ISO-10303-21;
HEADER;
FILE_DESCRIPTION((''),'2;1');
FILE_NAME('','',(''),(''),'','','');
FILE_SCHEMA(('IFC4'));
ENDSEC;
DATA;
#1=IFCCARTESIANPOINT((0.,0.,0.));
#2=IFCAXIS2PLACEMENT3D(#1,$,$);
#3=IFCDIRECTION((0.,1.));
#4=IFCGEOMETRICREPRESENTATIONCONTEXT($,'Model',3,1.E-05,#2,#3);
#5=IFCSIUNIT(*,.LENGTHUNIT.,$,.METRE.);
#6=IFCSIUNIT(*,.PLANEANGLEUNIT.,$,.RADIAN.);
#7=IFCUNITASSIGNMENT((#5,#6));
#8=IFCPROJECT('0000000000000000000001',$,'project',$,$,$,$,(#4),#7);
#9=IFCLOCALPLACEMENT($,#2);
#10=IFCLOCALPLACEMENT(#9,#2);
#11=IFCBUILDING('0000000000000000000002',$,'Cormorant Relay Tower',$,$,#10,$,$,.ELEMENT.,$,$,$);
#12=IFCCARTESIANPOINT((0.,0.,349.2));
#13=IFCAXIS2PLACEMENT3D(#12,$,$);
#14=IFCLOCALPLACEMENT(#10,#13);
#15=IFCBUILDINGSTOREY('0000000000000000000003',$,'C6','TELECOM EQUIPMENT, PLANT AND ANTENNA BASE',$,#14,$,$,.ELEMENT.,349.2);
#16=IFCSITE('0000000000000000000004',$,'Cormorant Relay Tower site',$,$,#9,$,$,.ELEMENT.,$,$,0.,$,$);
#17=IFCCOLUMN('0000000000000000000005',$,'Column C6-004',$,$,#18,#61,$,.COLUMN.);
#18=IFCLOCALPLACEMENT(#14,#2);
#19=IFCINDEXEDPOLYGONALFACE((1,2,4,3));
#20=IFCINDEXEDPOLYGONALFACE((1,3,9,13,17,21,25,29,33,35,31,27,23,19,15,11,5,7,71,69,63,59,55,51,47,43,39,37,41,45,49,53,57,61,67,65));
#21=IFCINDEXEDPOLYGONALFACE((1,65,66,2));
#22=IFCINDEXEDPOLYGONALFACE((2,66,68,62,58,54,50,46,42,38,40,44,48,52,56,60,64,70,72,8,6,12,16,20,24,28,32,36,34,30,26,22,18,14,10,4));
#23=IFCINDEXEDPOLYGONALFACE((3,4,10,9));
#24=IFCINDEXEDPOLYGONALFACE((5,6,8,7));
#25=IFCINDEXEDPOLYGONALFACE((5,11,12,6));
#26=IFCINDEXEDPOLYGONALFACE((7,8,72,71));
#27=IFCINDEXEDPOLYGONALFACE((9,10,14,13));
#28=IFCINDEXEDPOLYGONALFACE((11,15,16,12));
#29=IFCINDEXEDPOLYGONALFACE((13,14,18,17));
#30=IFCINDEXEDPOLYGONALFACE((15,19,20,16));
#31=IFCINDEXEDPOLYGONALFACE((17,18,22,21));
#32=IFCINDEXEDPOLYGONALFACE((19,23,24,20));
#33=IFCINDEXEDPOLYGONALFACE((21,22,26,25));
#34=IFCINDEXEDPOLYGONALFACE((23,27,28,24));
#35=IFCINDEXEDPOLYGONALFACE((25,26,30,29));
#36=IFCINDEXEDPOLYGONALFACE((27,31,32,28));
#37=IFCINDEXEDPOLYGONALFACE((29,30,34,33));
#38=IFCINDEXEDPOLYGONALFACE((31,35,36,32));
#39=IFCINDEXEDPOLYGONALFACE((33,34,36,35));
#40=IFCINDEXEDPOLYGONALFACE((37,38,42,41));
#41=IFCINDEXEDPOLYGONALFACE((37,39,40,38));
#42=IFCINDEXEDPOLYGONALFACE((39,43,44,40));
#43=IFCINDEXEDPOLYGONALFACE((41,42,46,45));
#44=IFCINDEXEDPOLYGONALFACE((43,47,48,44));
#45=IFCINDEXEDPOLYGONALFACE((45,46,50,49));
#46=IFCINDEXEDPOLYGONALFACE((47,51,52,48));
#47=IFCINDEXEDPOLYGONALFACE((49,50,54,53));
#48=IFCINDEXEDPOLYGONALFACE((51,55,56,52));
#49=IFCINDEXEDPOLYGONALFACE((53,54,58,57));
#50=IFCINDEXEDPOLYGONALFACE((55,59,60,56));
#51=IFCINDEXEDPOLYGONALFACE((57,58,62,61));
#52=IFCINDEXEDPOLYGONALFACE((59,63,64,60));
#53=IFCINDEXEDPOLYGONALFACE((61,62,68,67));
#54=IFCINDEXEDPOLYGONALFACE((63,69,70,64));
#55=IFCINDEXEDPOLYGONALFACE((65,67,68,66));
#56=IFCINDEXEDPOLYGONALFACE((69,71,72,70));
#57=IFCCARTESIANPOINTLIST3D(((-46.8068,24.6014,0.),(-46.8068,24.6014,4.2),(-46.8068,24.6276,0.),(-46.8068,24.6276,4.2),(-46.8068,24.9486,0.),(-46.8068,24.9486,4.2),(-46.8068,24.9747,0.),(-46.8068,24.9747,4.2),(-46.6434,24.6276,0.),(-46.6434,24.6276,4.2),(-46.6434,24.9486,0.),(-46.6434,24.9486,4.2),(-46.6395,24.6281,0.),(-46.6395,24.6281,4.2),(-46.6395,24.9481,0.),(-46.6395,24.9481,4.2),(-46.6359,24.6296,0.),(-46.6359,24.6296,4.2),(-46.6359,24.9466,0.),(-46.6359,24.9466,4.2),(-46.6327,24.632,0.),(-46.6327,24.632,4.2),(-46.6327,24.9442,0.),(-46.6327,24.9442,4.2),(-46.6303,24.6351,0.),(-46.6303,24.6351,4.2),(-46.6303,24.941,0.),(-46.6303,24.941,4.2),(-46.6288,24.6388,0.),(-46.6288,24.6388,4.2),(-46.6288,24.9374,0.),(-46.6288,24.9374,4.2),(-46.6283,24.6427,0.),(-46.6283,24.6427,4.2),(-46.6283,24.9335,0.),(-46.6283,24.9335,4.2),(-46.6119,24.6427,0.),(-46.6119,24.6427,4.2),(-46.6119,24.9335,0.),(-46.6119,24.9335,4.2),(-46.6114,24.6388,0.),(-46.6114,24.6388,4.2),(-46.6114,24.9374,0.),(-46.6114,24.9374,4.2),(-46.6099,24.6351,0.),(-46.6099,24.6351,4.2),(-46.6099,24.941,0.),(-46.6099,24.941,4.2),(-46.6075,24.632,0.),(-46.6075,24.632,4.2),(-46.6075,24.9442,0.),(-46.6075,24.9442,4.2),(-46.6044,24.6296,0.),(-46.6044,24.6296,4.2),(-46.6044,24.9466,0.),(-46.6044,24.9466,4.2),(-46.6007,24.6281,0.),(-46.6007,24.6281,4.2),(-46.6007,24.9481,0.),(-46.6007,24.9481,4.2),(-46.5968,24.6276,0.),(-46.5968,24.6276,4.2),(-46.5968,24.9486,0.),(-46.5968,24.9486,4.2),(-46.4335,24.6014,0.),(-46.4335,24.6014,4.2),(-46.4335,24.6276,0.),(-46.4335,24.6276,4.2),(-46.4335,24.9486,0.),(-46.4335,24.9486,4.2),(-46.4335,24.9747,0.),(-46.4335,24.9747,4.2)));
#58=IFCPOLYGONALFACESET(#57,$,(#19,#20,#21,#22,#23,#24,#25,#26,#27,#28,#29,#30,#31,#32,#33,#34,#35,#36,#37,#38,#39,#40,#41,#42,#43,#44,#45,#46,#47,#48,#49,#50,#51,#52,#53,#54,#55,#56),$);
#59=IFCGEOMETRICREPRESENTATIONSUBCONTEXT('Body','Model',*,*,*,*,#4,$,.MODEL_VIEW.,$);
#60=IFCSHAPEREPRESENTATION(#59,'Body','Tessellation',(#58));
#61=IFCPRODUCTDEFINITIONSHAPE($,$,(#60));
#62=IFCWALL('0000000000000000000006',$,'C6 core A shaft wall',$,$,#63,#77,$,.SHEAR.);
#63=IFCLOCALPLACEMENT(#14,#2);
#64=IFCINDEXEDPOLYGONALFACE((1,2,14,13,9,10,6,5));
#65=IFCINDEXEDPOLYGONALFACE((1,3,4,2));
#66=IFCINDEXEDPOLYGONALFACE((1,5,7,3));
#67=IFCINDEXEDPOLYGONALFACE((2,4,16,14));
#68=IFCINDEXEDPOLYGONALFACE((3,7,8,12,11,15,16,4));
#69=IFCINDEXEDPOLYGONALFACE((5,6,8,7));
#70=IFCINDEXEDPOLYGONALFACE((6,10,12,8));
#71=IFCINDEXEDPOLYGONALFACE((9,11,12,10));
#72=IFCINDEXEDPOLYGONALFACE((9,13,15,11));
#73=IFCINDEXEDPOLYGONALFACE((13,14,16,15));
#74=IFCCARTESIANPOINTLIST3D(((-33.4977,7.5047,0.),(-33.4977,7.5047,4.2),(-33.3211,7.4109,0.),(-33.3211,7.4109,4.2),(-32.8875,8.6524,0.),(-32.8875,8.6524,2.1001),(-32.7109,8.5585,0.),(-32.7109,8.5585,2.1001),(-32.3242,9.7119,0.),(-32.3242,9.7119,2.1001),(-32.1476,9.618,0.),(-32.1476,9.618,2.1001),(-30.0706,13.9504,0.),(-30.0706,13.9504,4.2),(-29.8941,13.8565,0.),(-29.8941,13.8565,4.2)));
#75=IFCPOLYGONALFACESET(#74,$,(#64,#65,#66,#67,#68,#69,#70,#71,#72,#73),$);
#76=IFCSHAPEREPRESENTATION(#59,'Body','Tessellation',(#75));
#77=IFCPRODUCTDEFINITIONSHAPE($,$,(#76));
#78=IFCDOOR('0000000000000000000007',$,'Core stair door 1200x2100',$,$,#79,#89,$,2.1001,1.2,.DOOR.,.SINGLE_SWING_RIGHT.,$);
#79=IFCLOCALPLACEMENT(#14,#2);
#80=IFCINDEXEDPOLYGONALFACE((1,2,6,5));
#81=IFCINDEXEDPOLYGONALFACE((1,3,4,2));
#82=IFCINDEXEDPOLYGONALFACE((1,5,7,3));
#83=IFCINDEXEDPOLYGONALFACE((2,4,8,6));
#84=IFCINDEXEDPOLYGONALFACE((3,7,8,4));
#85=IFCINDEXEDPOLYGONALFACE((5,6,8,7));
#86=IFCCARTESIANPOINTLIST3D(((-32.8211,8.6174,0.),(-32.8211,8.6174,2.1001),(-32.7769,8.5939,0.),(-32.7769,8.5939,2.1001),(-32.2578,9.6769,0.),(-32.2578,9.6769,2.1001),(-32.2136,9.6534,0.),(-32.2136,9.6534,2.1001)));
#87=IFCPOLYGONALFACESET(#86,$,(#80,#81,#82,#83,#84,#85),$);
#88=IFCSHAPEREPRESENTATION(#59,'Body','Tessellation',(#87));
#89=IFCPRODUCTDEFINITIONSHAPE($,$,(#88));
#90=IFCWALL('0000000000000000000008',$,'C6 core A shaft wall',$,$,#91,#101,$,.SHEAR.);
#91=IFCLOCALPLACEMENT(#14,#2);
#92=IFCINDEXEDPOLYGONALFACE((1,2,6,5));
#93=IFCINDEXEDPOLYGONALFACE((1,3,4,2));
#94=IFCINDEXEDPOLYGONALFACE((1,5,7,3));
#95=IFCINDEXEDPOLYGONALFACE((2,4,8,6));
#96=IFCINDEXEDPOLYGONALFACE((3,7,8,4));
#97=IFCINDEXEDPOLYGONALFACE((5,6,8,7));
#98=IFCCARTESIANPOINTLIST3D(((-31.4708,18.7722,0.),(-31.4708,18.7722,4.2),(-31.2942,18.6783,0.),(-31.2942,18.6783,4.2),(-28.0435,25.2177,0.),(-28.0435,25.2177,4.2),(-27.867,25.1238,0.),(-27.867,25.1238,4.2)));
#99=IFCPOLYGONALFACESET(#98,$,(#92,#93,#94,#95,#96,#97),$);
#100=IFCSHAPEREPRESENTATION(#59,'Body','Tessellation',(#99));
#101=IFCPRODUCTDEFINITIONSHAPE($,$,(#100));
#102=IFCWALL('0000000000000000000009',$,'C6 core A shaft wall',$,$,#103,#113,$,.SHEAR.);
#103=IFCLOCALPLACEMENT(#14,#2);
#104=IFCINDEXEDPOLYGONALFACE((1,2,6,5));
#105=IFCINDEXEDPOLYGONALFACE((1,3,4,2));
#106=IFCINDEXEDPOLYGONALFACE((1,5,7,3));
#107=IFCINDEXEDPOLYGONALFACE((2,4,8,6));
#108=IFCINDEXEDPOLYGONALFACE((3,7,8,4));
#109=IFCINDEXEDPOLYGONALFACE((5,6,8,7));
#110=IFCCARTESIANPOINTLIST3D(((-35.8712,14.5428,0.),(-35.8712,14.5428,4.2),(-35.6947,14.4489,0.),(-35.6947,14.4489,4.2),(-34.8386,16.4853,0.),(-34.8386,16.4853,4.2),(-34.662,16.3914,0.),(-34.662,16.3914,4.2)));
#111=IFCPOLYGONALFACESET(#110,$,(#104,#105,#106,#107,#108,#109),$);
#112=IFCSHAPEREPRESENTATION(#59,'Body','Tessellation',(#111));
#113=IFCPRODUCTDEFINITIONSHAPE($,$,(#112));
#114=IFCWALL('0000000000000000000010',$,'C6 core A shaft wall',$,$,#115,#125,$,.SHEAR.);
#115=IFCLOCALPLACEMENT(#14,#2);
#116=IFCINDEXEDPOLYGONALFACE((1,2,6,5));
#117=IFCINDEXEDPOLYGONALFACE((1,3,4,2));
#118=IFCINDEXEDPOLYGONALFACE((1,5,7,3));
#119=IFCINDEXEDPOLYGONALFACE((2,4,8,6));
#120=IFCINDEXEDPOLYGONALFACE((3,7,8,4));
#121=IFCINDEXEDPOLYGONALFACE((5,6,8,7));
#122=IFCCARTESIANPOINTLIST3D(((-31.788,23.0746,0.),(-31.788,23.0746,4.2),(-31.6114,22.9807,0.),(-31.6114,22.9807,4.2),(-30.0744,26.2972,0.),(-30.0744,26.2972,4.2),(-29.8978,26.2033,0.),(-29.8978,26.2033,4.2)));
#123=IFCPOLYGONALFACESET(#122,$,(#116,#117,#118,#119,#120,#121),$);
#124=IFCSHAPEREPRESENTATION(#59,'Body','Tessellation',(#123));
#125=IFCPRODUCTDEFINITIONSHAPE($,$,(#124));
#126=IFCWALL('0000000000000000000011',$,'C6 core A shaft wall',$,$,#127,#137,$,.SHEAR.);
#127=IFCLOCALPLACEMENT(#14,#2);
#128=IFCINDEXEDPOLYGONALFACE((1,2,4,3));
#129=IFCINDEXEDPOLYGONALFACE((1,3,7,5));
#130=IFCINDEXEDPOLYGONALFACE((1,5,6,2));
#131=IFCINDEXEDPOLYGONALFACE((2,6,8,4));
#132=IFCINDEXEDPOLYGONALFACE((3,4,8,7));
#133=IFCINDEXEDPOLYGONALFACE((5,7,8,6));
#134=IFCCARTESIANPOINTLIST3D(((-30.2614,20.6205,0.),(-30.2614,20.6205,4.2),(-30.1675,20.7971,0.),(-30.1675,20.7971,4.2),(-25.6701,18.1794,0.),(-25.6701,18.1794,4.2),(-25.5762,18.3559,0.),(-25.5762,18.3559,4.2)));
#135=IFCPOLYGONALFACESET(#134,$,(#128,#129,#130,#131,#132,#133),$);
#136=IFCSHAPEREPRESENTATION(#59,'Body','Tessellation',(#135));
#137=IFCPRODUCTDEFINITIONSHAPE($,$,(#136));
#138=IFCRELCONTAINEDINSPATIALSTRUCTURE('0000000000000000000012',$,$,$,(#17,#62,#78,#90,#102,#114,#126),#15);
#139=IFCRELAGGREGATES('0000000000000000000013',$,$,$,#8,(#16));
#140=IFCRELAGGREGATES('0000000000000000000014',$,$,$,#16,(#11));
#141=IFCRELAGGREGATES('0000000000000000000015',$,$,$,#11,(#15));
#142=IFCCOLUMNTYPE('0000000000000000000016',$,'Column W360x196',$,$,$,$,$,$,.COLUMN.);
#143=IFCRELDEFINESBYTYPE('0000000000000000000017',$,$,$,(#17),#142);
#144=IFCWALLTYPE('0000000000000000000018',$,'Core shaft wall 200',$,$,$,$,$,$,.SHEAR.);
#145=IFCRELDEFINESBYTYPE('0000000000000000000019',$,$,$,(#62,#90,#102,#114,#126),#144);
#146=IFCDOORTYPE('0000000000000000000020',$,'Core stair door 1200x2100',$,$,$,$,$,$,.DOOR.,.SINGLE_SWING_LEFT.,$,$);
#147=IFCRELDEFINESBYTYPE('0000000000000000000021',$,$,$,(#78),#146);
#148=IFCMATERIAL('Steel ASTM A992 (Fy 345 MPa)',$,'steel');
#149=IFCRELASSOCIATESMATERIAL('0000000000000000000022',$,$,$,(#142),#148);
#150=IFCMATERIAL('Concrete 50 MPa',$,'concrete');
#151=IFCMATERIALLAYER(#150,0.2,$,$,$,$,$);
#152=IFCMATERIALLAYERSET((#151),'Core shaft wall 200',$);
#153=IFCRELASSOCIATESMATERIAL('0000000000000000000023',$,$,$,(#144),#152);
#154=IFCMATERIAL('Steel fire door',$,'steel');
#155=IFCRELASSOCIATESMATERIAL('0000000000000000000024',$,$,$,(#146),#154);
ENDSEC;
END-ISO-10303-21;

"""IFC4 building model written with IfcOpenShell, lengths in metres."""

from ifc_helpers import new_model, si_unit, direction, frame, frame_2d, origin, origin_2d, place, context, subcontext, project, spatial, rectangle, i_section, extrude, material, layer, layer_set, material_profile, profile_set, type_object, element, fill, save


model = new_model("IFC4")

# Units and contexts
model_context = context("Model", 3, precision=1e-05, world=origin(), true_north=direction((0.0, 1.0)))
body_context = subcontext(model_context, "Body", "Model", "MODEL_VIEW")
ifc_project = project(units=[si_unit("LENGTHUNIT", "METRE"), si_unit("PLANEANGLEUNIT", "RADIAN")], contexts=[model_context])

# Site, building, storey
site_placement = place(None, origin())
site = spatial("IfcSite", under=ifc_project, at=site_placement, Name="Cormorant Relay Tower site", CompositionType="ELEMENT", RefElevation=0.0)
building_placement = place(site_placement, origin())
building = spatial("IfcBuilding", under=site, at=building_placement, Name="Cormorant Relay Tower", CompositionType="ELEMENT")
storey_placement = place(building_placement, frame((0.0, 0.0, 349.2)))
storey = spatial("IfcBuildingStorey", under=building, at=storey_placement, Name="C6", Description="TELECOM EQUIPMENT, PLANT AND ANTENNA BASE", CompositionType="ELEMENT", Elevation=349.2)

# Column
ifc_material_1 = material(Name="Steel ASTM A992 (Fy 345 MPa)", Category="steel")
ifc_material_profile = material_profile(ifc_material_1, i_section(OverallWidth=0.3733, OverallDepth=0.3733, WebThickness=0.0164, FlangeThickness=0.0261, FilletRadius=0.0151, at=origin_2d()), Name="W360x196")
ifc_profile_set = profile_set([ifc_material_profile], Name="Steel ASTM A992 (Fy 345 MPa)")
column_type = type_object("IfcColumnType", Name="Column W360x196", PredefinedType="COLUMN", material=ifc_profile_set)
column_placement = place(storey_placement, frame((-46.6201, 24.7881, 0.0), z_axis=(0.0, 0.0, 1.0), x_axis=(1.0, 0.0, 0.0)))
element("IfcColumn", 1, at=column_placement, inside=storey, type_object=column_type, Name="Column C6-004", PredefinedType="COLUMN", context=body_context, shape_type="SweptSolid", body=[
    extrude(i_section(OverallWidth=0.3733, OverallDepth=0.3733, WebThickness=0.0164, FlangeThickness=0.0261, FilletRadius=0.0151, at=origin_2d()), origin(), (0.0, 0.0, 1.0), 4.2),
])

# Wall, opening, door
ifc_material_2 = material(Name="Concrete 50 MPa", Category="concrete")
ifc_layer_1 = layer(ifc_material_2, 0.2)
ifc_layer_set_1 = layer_set([ifc_layer_1], Name="Core shaft wall 200")
wall_type_1 = type_object("IfcWallType", Name="Core shaft wall 200", PredefinedType="SHEAR", material=ifc_layer_set_1)
wall_1_placement = place(storey_placement, frame((-29.9824, 13.9033, 0.0), z_axis=(0.0, 0.0, 1.0), x_axis=(-0.469454, -0.882957, 0.0)))
wall_1 = element("IfcWall", 2, at=wall_1_placement, inside=storey, type_object=wall_type_1, Name="C6 core A shaft wall", PredefinedType="SHEAR", context=body_context, shape_type="SweptSolid", body=[
    extrude(rectangle(XDim=7.3, YDim=0.2, at=frame_2d((3.6499, 0.0))), origin(), (0.0, 0.0, 1.0), 4.2),
])
opening_1_placement = place(wall_1_placement, frame((4.8, 0.0, 0.0)))
opening_1 = element("IfcOpeningElement", 3, at=opening_1_placement, cuts=wall_1, PredefinedType="OPENING", context=body_context, shape_type="SweptSolid", body=[
    extrude(rectangle(XDim=1.2, YDim=2.1001, at=frame_2d((0.6001, 1.05))), frame((0.0, 0.1099, 0.0), z_axis=(0.0, -1.0, 0.0), x_axis=(1.0, 0.0, 0.0)), (0.0, 0.0, 1.0), 0.22),
])
ifc_material_3 = material(Name="Steel fire door", Category="steel")
door_type_1 = type_object("IfcDoorType", Name="Core stair door 1200x2100", OperationType="SINGLE_SWING_LEFT", PredefinedType="DOOR", material=ifc_material_3)
door_1_placement = place(opening_1_placement, frame((1.2, 0.0, 0.0), z_axis=(0.0, 0.0, 1.0), x_axis=(-1.0, 0.0, 0.0)))
door_1 = element("IfcDoor", 4, at=door_1_placement, inside=storey, type_object=door_type_1, Name="Core stair door 1200x2100", OperationType="SINGLE_SWING_RIGHT", OverallHeight=2.1001, OverallWidth=1.2, PredefinedType="DOOR", context=body_context, shape_type="SweptSolid", body=[
    extrude(rectangle(XDim=1.2, YDim=2.1001, at=frame_2d((0.6001, 1.05))), frame((0.0, 0.0249, 0.0), z_axis=(0.0, -1.0, 0.0), x_axis=(1.0, 0.0, 0.0)), (0.0, 0.0, 1.0), 0.05),
])
fill(opening_1, door_1)

# Walls
wall_2_placement = place(storey_placement, frame((-27.9553, 25.1707, 0.0), z_axis=(0.0, 0.0, 1.0), x_axis=(-0.46948, -0.882943, 0.0)))
element("IfcWall", 5, at=wall_2_placement, inside=storey, type_object=wall_type_1, Name="C6 core A shaft wall", PredefinedType="SHEAR", context=body_context, shape_type="SweptSolid", body=[
    extrude(rectangle(XDim=7.3, YDim=0.2, at=frame_2d((3.6499, 0.0))), origin(), (0.0, 0.0, 1.0), 4.2),
])
wall_3_placement = place(storey_placement, frame((-34.7502, 16.4385, 0.0), z_axis=(0.0, 0.0, 1.0), x_axis=(-0.469401, -0.882985, 0.0)))
element("IfcWall", 6, at=wall_3_placement, inside=storey, type_object=wall_type_1, Name="C6 core A shaft wall", PredefinedType="SHEAR", context=body_context, shape_type="SweptSolid", body=[
    extrude(rectangle(XDim=2.2, YDim=0.2, at=frame_2d((1.1001, 0.0))), origin(), (0.0, 0.0, 1.0), 4.2),
])
wall_4_placement = place(storey_placement, frame((-29.9861, 26.2502, 0.0), z_axis=(0.0, 0.0, 1.0), x_axis=(-0.469494, -0.882936, 0.0)))
element("IfcWall", 7, at=wall_4_placement, inside=storey, type_object=wall_type_1, Name="C6 core A shaft wall", PredefinedType="SHEAR", context=body_context, shape_type="SweptSolid", body=[
    extrude(rectangle(XDim=3.6499, YDim=0.2, at=frame_2d((1.825, 0.0))), origin(), (0.0, 0.0, 1.0), 4.2),
])

# Wall
wall_5_placement = place(storey_placement, frame((-25.623, 18.2676, 0.0), z_axis=(0.0, 0.0, 1.0), x_axis=(-0.882954, 0.46946, 0.0)))
element("IfcWall", 8, at=wall_5_placement, inside=storey, type_object=wall_type_1, Name="C6 core A shaft wall", PredefinedType="SHEAR", context=body_context, shape_type="SweptSolid", body=[
    extrude(rectangle(XDim=5.2, YDim=0.2, at=frame_2d((2.6001, 0.0))), origin(), (0.0, 0.0, 1.0), 4.2),
])

save(model, "model.ifc")
